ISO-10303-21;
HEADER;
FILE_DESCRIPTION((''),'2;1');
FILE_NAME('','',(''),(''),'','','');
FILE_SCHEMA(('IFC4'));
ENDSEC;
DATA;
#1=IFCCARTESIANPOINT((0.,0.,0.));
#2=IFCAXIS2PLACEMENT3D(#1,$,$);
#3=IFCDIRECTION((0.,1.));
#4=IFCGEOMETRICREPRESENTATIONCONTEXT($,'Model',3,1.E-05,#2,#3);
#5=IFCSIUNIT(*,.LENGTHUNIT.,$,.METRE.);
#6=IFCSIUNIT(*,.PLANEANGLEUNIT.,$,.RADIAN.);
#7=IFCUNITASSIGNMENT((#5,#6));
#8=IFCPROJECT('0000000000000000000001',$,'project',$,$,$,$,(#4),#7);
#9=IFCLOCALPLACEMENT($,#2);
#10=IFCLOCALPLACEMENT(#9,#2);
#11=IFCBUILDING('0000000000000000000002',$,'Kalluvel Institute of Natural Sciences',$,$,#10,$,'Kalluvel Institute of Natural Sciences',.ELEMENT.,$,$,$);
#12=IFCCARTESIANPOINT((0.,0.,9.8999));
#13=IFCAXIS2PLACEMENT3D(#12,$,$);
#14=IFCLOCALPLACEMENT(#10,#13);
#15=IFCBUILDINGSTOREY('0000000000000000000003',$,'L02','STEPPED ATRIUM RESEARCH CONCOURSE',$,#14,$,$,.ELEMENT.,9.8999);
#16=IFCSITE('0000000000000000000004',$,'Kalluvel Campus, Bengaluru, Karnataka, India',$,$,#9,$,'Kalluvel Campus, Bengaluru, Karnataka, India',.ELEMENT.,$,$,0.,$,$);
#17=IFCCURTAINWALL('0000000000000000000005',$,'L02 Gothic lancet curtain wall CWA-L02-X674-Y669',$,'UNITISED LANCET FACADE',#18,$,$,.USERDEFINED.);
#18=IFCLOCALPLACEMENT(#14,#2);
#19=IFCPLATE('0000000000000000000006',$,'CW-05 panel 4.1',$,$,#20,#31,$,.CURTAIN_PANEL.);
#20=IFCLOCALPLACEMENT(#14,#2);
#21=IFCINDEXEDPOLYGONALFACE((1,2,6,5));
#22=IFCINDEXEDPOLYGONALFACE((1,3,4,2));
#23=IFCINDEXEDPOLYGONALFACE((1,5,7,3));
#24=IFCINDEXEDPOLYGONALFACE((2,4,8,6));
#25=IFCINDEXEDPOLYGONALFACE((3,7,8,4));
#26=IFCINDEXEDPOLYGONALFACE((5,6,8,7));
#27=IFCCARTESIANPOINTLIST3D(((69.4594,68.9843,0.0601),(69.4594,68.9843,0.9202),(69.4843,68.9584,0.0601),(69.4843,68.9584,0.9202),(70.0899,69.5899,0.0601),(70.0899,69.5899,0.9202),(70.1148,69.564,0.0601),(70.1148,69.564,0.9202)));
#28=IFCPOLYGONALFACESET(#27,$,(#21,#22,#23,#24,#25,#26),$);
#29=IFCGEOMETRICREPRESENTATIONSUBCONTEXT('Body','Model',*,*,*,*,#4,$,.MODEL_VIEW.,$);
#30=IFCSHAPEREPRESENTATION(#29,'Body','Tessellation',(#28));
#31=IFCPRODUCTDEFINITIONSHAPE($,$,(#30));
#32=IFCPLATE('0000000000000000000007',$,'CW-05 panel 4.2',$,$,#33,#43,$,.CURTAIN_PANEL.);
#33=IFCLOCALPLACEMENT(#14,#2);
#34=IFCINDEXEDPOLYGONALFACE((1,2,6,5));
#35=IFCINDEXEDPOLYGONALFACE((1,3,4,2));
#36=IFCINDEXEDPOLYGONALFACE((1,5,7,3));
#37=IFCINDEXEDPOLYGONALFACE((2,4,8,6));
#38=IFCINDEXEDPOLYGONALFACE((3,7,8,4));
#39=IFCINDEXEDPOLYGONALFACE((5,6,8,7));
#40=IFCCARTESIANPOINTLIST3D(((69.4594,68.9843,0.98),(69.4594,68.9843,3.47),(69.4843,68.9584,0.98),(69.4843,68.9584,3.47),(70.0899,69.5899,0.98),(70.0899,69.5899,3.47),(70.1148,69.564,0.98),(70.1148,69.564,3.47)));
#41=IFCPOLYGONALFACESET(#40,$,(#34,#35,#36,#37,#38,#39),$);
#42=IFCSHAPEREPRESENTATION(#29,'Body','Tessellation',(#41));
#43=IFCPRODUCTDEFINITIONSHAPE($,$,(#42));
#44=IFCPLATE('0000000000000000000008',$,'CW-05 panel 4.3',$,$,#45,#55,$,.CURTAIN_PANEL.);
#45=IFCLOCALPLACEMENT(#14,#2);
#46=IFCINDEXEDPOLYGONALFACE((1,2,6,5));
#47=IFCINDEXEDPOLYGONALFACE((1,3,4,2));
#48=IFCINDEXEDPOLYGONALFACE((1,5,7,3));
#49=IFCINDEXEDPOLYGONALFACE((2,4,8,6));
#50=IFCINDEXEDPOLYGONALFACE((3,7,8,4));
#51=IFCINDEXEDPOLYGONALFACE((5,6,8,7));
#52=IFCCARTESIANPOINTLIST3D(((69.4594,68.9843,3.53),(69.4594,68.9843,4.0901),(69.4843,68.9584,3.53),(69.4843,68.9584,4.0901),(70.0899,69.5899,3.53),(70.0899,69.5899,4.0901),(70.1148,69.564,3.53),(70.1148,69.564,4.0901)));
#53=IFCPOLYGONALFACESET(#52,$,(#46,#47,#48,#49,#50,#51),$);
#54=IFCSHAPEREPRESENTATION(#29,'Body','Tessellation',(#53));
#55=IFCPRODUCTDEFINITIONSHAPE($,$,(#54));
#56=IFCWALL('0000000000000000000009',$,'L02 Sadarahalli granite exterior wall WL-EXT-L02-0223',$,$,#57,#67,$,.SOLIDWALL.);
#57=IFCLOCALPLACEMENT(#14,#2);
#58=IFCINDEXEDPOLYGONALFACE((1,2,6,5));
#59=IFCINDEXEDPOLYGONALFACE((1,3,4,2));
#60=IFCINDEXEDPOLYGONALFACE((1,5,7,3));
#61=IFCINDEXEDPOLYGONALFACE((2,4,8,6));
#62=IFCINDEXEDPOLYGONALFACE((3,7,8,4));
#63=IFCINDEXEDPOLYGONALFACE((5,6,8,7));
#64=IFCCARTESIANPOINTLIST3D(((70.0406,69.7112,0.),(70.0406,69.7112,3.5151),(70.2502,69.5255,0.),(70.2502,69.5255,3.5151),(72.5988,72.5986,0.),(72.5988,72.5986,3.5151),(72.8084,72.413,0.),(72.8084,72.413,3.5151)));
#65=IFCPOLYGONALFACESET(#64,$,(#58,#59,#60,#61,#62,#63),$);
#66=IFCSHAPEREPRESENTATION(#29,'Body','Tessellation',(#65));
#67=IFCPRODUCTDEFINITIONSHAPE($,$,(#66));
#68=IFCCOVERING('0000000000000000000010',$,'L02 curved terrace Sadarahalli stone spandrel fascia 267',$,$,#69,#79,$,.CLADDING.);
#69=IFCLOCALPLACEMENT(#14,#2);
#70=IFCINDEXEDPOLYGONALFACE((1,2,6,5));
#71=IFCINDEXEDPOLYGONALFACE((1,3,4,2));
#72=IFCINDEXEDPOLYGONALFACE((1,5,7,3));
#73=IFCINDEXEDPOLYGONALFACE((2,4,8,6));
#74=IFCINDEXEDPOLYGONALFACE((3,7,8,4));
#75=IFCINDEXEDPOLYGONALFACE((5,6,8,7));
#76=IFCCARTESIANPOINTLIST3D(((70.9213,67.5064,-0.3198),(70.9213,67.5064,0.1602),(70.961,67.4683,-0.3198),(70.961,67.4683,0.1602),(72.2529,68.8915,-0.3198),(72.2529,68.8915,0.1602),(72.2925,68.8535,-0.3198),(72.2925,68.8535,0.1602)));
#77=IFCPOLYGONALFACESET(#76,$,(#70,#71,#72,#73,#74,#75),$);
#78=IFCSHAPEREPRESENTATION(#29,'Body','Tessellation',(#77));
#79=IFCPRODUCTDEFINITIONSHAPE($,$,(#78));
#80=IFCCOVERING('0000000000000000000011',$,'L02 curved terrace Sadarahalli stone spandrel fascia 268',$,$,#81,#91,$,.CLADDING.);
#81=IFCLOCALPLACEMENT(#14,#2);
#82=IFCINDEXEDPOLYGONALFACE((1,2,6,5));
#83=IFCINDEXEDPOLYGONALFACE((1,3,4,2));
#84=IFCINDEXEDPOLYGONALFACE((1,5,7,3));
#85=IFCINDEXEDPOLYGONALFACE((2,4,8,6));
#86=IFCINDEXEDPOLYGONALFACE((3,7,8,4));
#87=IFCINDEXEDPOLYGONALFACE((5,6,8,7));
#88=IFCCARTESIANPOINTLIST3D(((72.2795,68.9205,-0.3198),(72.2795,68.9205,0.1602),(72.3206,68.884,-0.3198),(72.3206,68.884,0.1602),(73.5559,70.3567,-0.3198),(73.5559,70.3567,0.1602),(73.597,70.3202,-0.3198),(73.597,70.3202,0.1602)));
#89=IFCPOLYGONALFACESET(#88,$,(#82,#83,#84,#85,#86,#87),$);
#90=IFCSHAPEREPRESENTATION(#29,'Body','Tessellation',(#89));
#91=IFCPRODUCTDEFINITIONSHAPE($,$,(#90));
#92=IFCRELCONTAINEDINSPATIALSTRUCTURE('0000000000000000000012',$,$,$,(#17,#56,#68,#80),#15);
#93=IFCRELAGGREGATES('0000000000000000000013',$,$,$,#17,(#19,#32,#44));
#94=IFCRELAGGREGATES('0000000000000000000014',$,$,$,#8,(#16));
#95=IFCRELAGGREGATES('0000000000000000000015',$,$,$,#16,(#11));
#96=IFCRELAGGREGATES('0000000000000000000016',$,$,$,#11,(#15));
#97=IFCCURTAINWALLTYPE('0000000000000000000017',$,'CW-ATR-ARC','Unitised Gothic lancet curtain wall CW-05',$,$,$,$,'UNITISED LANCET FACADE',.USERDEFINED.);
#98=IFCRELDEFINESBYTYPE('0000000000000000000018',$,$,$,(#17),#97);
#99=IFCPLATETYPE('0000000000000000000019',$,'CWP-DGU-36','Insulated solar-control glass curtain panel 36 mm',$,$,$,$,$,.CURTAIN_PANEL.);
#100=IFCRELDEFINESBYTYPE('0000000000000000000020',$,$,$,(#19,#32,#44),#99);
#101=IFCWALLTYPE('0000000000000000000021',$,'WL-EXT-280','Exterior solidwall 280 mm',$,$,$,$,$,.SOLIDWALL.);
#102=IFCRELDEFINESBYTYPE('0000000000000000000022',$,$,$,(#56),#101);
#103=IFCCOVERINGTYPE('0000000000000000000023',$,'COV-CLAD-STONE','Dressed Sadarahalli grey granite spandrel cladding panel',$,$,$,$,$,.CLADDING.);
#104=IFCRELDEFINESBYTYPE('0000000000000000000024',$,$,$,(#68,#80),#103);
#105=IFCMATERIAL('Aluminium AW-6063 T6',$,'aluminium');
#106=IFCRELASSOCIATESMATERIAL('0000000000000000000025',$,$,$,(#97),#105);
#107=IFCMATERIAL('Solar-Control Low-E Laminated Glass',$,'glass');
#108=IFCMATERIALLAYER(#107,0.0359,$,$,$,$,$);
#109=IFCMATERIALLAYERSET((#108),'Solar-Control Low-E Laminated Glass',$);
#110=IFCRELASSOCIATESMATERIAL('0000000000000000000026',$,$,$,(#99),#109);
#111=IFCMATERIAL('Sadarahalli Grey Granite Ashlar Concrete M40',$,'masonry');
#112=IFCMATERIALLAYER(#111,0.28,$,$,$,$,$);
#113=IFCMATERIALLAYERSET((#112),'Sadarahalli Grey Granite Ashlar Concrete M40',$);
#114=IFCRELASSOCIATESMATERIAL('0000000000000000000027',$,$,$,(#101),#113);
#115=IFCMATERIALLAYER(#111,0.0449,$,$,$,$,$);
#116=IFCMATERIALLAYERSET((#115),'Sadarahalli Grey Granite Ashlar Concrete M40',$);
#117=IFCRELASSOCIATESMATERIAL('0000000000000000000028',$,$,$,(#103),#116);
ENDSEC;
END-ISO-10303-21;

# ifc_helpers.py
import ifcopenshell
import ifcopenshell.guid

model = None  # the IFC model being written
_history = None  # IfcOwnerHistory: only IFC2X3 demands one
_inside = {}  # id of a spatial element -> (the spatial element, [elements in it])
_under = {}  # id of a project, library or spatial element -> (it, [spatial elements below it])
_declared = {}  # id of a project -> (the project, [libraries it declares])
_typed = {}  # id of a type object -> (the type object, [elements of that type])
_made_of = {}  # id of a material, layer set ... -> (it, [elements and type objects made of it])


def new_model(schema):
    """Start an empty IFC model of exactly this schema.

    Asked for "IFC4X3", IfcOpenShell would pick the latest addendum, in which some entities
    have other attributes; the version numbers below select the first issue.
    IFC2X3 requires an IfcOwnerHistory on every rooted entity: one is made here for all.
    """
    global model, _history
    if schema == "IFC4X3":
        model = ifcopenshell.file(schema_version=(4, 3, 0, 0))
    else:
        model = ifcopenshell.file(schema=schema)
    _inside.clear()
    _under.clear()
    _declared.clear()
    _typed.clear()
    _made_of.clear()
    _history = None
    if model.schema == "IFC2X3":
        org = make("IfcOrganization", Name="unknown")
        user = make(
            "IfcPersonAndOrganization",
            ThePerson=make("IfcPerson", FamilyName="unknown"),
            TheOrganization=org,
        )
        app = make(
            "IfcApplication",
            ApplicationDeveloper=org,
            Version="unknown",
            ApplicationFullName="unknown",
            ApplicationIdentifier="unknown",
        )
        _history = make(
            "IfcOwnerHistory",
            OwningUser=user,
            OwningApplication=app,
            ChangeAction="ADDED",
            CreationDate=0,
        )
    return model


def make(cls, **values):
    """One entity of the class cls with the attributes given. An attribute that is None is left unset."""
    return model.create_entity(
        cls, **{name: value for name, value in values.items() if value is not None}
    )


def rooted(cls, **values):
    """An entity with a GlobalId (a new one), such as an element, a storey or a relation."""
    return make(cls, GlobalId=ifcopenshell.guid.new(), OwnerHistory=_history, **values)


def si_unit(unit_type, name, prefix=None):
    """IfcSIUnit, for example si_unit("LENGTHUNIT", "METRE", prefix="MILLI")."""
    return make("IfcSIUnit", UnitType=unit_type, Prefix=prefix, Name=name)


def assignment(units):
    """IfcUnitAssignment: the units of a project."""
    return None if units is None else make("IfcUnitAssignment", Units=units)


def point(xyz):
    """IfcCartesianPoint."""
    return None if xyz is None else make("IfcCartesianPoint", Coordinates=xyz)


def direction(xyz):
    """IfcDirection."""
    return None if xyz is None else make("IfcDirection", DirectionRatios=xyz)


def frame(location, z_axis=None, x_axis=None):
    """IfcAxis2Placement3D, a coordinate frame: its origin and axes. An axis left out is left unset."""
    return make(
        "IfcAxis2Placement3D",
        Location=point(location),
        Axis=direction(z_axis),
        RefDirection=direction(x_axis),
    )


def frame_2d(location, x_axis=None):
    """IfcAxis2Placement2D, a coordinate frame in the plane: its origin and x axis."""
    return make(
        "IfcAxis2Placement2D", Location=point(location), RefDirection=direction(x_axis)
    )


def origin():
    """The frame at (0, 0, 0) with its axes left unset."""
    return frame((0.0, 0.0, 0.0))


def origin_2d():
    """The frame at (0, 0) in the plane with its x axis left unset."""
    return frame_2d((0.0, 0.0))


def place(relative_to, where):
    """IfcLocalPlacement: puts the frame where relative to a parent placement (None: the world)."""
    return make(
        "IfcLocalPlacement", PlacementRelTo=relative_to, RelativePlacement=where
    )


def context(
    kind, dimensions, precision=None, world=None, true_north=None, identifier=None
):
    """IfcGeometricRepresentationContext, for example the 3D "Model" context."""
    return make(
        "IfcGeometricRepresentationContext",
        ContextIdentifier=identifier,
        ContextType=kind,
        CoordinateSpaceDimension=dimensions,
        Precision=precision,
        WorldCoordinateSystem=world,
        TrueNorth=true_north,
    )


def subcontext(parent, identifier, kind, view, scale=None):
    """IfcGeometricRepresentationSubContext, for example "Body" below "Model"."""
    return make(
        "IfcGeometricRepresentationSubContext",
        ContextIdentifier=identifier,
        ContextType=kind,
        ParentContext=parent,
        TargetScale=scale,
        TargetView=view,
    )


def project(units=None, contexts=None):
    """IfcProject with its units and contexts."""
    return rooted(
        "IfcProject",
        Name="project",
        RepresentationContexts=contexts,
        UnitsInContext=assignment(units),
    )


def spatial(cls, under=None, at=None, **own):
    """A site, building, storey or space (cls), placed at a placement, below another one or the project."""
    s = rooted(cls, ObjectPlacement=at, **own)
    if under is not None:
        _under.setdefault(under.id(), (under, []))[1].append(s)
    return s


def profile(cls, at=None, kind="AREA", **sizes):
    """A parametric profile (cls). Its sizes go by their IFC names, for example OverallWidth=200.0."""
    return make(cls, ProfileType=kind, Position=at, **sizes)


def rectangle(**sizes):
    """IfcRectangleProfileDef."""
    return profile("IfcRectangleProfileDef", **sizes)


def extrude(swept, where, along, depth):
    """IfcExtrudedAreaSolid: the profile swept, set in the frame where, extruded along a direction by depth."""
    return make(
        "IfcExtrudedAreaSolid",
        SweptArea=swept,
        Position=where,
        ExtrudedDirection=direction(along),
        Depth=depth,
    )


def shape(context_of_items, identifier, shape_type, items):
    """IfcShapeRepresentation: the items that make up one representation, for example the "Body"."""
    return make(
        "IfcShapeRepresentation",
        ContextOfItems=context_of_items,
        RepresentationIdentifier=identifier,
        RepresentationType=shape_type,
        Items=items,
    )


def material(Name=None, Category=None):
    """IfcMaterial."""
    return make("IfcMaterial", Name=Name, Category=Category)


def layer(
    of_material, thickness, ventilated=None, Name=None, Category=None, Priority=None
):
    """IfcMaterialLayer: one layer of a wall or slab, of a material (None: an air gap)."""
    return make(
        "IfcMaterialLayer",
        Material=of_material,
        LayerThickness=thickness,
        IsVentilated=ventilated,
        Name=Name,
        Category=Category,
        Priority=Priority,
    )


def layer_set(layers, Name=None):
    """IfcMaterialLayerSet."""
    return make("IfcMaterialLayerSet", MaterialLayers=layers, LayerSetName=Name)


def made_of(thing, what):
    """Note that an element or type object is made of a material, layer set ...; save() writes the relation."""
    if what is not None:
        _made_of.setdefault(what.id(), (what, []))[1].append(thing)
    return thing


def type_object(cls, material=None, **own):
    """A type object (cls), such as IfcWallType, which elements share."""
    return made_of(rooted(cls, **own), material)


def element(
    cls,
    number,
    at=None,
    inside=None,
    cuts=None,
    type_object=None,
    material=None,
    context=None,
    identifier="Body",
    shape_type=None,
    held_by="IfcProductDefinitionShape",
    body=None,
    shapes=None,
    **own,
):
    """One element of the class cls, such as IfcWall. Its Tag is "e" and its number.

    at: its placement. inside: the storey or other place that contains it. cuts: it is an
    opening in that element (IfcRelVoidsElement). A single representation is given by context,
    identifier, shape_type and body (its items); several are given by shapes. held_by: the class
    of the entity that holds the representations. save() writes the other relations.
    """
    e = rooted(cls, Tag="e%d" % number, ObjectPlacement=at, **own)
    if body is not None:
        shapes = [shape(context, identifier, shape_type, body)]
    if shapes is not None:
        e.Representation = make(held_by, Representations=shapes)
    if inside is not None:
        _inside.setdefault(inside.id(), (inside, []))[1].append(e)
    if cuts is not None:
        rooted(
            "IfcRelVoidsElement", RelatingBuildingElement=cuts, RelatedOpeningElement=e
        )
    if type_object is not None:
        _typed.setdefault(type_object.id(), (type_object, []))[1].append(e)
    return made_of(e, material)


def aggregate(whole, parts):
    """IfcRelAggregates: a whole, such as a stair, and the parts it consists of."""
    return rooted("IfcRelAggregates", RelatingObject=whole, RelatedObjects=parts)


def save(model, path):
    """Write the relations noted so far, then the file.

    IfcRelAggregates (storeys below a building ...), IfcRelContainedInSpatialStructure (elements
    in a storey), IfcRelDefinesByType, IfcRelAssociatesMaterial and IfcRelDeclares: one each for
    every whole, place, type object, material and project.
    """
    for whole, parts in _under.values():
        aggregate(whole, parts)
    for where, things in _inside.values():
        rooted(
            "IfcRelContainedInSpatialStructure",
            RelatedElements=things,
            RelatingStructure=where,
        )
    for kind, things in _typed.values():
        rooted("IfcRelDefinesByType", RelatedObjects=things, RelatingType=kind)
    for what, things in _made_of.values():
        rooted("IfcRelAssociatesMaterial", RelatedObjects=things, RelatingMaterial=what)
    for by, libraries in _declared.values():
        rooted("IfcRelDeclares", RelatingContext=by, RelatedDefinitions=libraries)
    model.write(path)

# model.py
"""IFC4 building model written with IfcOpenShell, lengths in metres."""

from ifc_helpers import new_model, si_unit, direction, frame, frame_2d, origin, origin_2d, place, context, subcontext, project, spatial, rectangle, extrude, material, layer, layer_set, type_object, element, aggregate, save


model = new_model("IFC4")

# Units and contexts
model_context = context("Model", 3, precision=1e-05, world=origin(), true_north=direction((0.0, 1.0)))
body_context = subcontext(model_context, "Body", "Model", "MODEL_VIEW")
ifc_project = project(units=[si_unit("LENGTHUNIT", "METRE"), si_unit("PLANEANGLEUNIT", "RADIAN")], contexts=[model_context])

# Site, building, storey
site_placement = place(None, origin())
site = spatial("IfcSite", under=ifc_project, at=site_placement, Name="Kalluvel Campus, Bengaluru, Karnataka, India", LongName="Kalluvel Campus, Bengaluru, Karnataka, India", CompositionType="ELEMENT", RefElevation=0.0)
building_placement = place(site_placement, origin())
building = spatial("IfcBuilding", under=site, at=building_placement, Name="Kalluvel Institute of Natural Sciences", LongName="Kalluvel Institute of Natural Sciences", CompositionType="ELEMENT")
storey_placement = place(building_placement, frame((0.0, 0.0, 9.8999)))
storey = spatial("IfcBuildingStorey", under=building, at=storey_placement, Name="L02", Description="STEPPED ATRIUM RESEARCH CONCOURSE", CompositionType="ELEMENT", Elevation=9.8999)

# Curtain wall, plates
ifc_material_1 = material(Name="Aluminium AW-6063 T6", Category="aluminium")
curtain_wall_type = type_object("IfcCurtainWallType", Name="CW-ATR-ARC", Description="Unitised Gothic lancet curtain wall CW-05", ElementType="UNITISED LANCET FACADE", PredefinedType="USERDEFINED", material=ifc_material_1)
curtain_wall_placement = place(storey_placement, origin())
curtain_wall = element("IfcCurtainWall", 1, at=curtain_wall_placement, inside=storey, type_object=curtain_wall_type, Name="L02 Gothic lancet curtain wall CWA-L02-X674-Y669", ObjectType="UNITISED LANCET FACADE", PredefinedType="USERDEFINED")
ifc_material_2 = material(Name="Solar-Control Low-E Laminated Glass", Category="glass")
ifc_layer_1 = layer(ifc_material_2, 0.0359)
ifc_layer_set_1 = layer_set([ifc_layer_1], Name="Solar-Control Low-E Laminated Glass")
plate_type = type_object("IfcPlateType", Name="CWP-DGU-36", Description="Insulated solar-control glass curtain panel 36 mm", PredefinedType="CURTAIN_PANEL", material=ifc_layer_set_1)
plate_1_placement = place(storey_placement, frame((69.7871, 69.2742, 0.0601), z_axis=(0.0, 0.0, 1.0), x_axis=(0.721196, 0.692731, 0.0)))
plate_1 = element("IfcPlate", 2, at=plate_1_placement, type_object=plate_type, Name="CW-05 panel 4.1", PredefinedType="CURTAIN_PANEL", context=body_context, shape_type="SweptSolid", body=[
    extrude(rectangle(XDim=0.8743, YDim=0.0359, at=origin_2d()), origin(), (0.0, 0.0, 1.0), 0.8601),
])
plate_2_placement = place(storey_placement, frame((69.7871, 69.2742, 0.98), z_axis=(0.0, 0.0, 1.0), x_axis=(0.721196, 0.692731, 0.0)))
plate_2 = element("IfcPlate", 3, at=plate_2_placement, type_object=plate_type, Name="CW-05 panel 4.2", PredefinedType="CURTAIN_PANEL", context=body_context, shape_type="SweptSolid", body=[
    extrude(rectangle(XDim=0.8743, YDim=0.0359, at=origin_2d()), origin(), (0.0, 0.0, 1.0), 2.49),
])
plate_3_placement = place(storey_placement, frame((69.7871, 69.2742, 3.53), z_axis=(0.0, 0.0, 1.0), x_axis=(0.721196, 0.692731, 0.0)))
plate_3 = element("IfcPlate", 4, at=plate_3_placement, type_object=plate_type, Name="CW-05 panel 4.3", PredefinedType="CURTAIN_PANEL", context=body_context, shape_type="SweptSolid", body=[
    extrude(rectangle(XDim=0.8743, YDim=0.0359, at=origin_2d()), origin(), (0.0, 0.0, 1.0), 0.5601),
])
aggregate(curtain_wall, [plate_1, plate_2, plate_3])

# Wall
ifc_material_3 = material(Name="Sadarahalli Grey Granite Ashlar Concrete M40", Category="masonry")
ifc_layer_2 = layer(ifc_material_3, 0.28)
ifc_layer_set_2 = layer_set([ifc_layer_2], Name="Sadarahalli Grey Granite Ashlar Concrete M40")
wall_type = type_object("IfcWallType", Name="WL-EXT-280", Description="Exterior solidwall 280 mm", PredefinedType="SOLIDWALL", material=ifc_layer_set_2)
wall_placement = place(storey_placement, frame((70.1455, 69.6184, 0.0), z_axis=(0.0, 0.0, 1.0), x_axis=(0.663129, 0.748505, 0.0)))
element("IfcWall", 5, at=wall_placement, inside=storey, type_object=wall_type, Name="L02 Sadarahalli granite exterior wall WL-EXT-L02-0223", PredefinedType="SOLIDWALL", context=body_context, shape_type="SweptSolid", body=[
    extrude(rectangle(XDim=3.8577, YDim=0.28, at=frame_2d((1.9287, 0.0))), origin(), (0.0, 0.0, 1.0), 3.5151),
])

# Coverings
ifc_layer_3 = layer(ifc_material_3, 0.0449)
ifc_layer_set_3 = layer_set([ifc_layer_3], Name="Sadarahalli Grey Granite Ashlar Concrete M40")
covering_type = type_object("IfcCoveringType", Name="COV-CLAD-STONE", Description="Dressed Sadarahalli grey granite spandrel cladding panel", PredefinedType="CLADDING", material=ifc_layer_set_3)
for number, where, z_axis, x_axis, name in (
    (6, (71.6069, 68.1799, -0.3198), (0.0, 0.0, 1.0), (0.693024, 0.720914, 0.0), "L02 curved terrace Sadarahalli stone spandrel fascia 267"),
    (7, (72.9382, 69.6204, -0.3198), (0.0, 0.0, 1.0), (0.664318, 0.74745, 0.0), "L02 curved terrace Sadarahalli stone spandrel fascia 268"),
):
    element("IfcCovering", number, at=place(storey_placement, frame(where, z_axis=z_axis, x_axis=x_axis)), inside=storey, type_object=covering_type, Name=name, PredefinedType="CLADDING", context=body_context, shape_type="SweptSolid", body=[
        extrude(rectangle(XDim=1.9214, YDim=0.0549, at=origin_2d()), origin(), (0.0, 0.0, 1.0), 0.48),
    ])

save(model, "model.ifc")
